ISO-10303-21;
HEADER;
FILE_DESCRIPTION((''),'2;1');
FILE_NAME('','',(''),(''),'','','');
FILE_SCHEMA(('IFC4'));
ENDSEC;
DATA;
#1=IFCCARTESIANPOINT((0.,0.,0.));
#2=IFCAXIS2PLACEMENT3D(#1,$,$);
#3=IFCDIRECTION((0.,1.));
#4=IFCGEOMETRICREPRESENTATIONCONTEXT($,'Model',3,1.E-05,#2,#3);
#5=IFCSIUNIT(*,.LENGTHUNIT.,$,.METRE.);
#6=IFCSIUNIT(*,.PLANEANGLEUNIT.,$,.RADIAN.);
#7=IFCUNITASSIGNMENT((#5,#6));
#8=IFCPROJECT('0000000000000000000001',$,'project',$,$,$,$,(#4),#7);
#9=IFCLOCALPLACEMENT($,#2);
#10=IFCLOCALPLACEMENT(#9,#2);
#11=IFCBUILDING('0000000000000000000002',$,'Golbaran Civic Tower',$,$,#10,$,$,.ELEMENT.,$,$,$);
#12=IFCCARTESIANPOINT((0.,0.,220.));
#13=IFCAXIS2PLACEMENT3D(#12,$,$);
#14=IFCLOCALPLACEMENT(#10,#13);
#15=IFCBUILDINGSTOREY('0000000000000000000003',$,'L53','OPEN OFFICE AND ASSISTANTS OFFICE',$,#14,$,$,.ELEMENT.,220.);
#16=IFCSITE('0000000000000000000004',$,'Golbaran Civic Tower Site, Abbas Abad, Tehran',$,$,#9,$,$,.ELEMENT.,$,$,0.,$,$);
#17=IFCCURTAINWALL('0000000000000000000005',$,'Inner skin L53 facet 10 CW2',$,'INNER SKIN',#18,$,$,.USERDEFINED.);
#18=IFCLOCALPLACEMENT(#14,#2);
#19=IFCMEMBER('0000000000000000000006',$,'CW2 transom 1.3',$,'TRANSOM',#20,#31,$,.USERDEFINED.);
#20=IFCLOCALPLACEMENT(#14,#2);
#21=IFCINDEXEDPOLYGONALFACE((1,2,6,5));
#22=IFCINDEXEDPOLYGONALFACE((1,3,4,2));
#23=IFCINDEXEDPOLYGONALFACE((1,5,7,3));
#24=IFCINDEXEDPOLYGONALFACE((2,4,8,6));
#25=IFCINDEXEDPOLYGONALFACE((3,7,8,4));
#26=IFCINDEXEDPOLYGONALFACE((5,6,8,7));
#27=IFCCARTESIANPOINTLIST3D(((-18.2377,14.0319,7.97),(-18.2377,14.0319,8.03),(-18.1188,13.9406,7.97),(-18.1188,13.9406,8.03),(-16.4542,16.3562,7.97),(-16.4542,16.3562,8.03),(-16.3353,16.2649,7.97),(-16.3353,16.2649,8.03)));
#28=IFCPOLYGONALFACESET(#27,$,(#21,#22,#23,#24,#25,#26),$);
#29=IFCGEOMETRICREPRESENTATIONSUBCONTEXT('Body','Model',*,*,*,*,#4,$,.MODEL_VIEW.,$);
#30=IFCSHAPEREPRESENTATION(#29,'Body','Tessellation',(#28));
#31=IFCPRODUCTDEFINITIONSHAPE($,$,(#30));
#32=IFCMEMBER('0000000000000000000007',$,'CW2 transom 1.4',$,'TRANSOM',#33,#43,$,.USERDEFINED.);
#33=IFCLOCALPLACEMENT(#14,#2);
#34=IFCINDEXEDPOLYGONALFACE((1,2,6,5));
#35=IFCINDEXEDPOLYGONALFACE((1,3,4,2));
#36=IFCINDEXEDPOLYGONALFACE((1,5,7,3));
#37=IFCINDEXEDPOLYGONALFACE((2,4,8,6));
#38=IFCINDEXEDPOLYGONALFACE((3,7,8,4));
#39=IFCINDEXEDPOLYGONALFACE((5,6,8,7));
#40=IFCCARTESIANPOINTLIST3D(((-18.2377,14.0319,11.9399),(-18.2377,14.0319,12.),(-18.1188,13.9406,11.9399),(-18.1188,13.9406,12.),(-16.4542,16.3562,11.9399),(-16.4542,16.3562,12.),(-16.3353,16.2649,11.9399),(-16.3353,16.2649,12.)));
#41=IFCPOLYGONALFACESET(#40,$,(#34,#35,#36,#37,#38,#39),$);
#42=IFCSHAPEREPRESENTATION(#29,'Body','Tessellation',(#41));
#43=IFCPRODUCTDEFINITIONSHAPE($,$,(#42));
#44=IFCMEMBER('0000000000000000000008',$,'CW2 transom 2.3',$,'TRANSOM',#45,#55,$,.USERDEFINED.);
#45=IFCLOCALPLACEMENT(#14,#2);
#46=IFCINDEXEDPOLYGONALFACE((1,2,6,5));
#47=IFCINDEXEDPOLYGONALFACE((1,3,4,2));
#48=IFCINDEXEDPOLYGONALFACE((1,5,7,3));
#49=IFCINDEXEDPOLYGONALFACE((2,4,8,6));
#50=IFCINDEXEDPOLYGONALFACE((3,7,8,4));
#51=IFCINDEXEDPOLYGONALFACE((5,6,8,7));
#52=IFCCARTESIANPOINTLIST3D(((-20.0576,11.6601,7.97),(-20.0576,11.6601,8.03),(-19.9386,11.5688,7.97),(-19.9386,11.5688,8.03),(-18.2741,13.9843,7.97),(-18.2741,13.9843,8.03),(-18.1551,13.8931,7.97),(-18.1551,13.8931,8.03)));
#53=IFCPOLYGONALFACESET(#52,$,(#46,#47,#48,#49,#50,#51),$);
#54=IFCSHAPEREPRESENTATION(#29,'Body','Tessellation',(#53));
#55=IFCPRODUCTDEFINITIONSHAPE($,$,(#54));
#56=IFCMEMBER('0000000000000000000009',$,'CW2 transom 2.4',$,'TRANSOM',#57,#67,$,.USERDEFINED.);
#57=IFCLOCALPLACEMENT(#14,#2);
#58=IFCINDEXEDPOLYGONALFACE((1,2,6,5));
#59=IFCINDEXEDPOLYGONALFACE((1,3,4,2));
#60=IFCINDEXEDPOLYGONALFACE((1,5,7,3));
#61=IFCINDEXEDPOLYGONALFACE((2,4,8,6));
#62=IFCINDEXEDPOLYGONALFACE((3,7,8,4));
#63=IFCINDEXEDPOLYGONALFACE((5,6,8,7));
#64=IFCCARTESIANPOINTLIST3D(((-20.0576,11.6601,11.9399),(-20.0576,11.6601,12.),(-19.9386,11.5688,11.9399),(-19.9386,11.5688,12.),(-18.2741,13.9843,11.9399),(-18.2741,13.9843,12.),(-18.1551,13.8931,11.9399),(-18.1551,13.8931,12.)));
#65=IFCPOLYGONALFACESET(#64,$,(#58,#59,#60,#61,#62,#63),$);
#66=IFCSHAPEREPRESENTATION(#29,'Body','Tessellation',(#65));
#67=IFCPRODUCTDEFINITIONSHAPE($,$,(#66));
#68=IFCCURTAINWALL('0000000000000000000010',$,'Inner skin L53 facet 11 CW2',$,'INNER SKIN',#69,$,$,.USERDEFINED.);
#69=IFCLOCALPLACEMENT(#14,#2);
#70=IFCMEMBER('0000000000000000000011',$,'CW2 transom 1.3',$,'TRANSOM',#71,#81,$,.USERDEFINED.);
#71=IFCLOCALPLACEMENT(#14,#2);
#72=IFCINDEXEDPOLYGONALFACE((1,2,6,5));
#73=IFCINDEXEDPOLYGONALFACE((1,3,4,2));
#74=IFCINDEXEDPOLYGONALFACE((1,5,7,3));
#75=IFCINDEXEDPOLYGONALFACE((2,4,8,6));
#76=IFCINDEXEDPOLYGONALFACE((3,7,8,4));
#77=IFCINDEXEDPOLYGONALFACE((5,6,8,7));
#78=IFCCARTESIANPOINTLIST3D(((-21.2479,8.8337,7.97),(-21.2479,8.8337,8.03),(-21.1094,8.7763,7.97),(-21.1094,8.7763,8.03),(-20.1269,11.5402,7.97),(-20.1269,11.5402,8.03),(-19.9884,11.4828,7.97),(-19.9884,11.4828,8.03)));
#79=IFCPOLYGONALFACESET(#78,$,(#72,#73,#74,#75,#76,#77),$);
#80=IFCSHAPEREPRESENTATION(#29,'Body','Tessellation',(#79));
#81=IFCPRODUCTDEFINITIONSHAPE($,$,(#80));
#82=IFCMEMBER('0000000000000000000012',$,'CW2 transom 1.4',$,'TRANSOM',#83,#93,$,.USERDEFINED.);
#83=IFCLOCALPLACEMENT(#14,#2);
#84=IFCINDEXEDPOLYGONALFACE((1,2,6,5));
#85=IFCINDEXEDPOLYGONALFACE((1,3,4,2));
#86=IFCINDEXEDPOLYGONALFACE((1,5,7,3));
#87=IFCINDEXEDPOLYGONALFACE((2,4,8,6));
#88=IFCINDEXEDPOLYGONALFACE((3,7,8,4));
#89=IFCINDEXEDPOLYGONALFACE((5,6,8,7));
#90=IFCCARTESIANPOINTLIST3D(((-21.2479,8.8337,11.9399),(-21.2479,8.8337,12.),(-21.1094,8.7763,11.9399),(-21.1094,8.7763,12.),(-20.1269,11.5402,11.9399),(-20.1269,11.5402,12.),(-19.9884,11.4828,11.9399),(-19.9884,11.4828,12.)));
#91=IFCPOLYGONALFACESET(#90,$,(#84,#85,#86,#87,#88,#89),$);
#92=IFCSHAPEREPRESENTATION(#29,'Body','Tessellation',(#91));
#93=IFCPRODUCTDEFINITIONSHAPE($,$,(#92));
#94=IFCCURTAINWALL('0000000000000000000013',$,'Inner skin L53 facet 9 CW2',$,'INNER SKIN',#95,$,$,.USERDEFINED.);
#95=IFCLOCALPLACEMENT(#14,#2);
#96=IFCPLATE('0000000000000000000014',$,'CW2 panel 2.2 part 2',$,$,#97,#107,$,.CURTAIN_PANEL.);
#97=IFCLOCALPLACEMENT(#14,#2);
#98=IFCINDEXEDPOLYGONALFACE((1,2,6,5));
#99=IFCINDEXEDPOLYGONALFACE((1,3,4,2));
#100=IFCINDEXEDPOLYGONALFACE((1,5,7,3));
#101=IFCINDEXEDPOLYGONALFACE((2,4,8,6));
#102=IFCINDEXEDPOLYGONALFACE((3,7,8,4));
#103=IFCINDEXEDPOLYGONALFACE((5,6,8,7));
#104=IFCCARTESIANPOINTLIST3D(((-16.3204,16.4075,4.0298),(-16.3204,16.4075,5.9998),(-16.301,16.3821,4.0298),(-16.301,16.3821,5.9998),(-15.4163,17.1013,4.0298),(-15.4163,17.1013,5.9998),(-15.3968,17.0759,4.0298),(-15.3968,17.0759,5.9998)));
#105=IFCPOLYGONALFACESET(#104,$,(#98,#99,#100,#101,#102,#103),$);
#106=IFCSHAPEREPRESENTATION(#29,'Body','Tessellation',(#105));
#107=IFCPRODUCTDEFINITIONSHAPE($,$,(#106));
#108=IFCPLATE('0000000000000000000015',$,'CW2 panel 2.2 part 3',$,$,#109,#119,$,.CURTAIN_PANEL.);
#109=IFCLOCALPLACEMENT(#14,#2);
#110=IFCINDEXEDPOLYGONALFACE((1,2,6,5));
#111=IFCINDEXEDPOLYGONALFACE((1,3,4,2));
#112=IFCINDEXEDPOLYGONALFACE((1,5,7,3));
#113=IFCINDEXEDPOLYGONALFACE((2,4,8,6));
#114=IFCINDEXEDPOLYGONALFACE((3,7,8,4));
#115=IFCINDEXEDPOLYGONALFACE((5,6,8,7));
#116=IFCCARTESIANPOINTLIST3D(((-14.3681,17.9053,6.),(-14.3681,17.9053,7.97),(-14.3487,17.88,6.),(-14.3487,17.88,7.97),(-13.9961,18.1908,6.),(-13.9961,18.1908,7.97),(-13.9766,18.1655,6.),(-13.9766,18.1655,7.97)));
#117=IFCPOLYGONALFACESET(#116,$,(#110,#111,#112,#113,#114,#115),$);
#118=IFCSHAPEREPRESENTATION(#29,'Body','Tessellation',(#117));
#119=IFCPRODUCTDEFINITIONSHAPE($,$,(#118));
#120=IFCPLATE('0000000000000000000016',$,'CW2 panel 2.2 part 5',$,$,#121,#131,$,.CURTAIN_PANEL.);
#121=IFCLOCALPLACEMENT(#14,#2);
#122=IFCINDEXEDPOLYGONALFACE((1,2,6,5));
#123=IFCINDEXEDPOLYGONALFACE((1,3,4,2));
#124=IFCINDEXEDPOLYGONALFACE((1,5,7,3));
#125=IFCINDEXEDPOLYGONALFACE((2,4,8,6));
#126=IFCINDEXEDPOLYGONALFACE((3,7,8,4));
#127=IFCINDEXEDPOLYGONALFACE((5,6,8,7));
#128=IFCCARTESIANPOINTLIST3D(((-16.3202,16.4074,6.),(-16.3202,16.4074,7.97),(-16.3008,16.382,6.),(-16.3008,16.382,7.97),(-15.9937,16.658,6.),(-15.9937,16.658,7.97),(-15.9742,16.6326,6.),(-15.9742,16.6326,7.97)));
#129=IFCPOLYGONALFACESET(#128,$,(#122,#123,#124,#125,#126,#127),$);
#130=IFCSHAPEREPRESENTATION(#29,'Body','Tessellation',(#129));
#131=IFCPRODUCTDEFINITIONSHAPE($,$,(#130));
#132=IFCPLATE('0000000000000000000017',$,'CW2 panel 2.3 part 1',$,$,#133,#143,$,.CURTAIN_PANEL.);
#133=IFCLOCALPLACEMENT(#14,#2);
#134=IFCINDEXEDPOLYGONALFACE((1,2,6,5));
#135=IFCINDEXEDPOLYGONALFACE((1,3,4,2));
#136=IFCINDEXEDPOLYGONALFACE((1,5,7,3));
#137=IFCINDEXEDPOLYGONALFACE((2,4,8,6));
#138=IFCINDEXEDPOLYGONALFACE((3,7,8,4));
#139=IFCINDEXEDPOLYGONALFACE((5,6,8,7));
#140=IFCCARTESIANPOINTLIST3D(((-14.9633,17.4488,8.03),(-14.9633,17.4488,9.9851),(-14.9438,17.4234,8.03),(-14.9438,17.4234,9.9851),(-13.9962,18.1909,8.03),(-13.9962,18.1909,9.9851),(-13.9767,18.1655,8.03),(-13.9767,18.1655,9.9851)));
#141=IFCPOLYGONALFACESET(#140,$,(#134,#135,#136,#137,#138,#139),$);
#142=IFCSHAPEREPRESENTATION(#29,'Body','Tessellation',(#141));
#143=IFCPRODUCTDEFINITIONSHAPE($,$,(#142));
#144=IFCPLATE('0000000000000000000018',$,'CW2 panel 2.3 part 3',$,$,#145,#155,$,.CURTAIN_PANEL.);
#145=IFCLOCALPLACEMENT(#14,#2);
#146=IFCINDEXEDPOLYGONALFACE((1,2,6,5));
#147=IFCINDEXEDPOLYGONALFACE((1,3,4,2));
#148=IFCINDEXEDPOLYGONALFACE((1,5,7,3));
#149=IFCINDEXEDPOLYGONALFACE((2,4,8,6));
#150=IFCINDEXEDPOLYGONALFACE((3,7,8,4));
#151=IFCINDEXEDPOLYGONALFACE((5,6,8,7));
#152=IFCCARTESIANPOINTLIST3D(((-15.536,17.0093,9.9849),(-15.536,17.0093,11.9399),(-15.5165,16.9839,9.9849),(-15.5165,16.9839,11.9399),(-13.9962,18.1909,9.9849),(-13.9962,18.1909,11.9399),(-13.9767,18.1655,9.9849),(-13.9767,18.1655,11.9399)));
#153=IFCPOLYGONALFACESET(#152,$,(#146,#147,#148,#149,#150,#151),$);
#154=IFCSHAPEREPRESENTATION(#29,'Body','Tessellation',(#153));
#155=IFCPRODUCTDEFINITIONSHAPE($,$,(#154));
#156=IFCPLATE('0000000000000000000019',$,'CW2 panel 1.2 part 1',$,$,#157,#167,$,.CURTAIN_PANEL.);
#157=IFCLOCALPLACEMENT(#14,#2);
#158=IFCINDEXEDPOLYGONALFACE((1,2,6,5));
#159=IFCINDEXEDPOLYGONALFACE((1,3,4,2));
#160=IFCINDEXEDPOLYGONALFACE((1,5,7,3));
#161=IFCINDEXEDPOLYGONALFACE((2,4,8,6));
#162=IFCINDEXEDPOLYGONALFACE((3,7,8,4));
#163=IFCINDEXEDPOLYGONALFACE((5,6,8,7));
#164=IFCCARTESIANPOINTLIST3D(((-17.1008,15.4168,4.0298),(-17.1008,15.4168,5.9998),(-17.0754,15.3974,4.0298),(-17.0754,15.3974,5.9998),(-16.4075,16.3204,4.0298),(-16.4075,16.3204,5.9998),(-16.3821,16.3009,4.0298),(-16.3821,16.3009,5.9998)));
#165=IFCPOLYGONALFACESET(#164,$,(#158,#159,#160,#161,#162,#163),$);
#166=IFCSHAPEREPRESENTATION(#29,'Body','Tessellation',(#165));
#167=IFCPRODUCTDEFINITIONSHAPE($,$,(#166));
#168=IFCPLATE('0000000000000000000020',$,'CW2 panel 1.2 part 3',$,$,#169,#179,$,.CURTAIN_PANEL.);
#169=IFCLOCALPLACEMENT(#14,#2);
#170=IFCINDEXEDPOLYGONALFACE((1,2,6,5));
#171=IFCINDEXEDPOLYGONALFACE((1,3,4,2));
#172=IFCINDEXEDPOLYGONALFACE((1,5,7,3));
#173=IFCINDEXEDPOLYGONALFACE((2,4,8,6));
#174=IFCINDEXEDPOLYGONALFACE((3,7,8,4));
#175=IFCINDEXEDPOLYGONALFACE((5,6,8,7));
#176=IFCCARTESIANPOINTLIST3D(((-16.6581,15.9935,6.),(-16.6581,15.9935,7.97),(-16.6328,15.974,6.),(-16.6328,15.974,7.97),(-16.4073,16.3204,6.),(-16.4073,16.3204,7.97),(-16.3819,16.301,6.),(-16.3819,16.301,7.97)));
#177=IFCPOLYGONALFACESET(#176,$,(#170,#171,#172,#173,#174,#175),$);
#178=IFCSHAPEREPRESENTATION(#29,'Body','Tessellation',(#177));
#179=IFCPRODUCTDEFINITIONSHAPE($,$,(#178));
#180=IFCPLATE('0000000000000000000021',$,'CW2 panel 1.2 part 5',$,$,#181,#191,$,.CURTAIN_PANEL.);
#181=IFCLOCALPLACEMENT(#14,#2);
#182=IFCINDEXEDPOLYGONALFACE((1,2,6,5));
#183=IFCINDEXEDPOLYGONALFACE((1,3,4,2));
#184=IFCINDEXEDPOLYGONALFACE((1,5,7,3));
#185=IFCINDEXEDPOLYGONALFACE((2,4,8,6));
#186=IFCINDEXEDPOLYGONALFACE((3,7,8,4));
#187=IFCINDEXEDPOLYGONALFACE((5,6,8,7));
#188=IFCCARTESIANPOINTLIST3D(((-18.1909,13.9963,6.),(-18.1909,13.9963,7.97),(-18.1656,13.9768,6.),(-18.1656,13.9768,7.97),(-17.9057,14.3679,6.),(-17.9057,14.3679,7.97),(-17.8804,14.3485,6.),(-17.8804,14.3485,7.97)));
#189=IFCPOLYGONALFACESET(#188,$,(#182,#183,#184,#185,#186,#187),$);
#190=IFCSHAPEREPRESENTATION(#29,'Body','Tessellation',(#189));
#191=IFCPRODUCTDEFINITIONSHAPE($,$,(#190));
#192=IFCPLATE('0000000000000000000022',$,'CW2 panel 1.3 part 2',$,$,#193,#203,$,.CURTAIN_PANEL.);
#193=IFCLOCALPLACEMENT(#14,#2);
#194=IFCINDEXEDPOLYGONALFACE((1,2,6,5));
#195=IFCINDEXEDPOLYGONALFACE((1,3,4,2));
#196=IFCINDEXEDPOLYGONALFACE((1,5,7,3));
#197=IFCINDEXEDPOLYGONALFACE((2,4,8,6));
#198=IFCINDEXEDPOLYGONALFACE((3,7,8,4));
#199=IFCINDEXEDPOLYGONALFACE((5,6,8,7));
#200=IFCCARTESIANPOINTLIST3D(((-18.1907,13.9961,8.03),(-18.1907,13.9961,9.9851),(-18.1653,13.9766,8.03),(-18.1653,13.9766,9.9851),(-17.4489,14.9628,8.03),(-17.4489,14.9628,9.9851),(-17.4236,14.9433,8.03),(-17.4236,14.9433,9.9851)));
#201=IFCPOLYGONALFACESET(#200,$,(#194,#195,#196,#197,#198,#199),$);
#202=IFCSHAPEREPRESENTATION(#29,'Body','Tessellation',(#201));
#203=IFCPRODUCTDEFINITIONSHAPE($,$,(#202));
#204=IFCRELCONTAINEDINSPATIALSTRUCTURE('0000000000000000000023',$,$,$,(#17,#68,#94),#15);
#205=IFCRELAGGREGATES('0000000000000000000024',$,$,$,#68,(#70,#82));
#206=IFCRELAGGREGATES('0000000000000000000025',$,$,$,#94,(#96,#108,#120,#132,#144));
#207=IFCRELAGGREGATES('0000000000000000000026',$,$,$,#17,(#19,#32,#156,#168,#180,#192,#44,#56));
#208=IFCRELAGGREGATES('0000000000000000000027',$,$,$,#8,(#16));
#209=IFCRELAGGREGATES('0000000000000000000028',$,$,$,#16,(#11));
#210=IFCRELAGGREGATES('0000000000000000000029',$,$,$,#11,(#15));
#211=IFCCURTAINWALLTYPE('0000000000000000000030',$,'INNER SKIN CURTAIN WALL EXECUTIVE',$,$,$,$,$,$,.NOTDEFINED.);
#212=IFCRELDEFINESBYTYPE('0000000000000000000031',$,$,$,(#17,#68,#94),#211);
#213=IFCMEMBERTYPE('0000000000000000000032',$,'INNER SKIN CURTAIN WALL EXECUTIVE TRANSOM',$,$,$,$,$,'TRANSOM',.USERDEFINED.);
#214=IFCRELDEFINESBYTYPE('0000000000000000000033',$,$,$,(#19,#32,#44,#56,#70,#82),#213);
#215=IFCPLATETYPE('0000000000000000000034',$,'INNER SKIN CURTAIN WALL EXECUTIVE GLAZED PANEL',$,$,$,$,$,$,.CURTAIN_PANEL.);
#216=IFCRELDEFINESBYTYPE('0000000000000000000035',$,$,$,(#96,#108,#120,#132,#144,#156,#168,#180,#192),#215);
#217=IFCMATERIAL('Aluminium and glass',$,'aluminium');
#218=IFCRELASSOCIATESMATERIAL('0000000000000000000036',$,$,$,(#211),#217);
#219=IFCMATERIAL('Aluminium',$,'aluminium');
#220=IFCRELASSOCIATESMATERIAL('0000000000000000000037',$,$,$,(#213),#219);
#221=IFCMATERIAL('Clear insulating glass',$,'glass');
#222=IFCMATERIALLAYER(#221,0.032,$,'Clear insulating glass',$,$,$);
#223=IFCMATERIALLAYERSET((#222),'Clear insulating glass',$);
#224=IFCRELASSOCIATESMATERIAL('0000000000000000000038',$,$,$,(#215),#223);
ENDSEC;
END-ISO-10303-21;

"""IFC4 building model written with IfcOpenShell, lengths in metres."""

from ifc_helpers import new_model, si_unit, direction, frame, origin, origin_2d, place, context, subcontext, project, spatial, rectangle, extrude, material, layer, layer_set, material_profile, profile_set, type_object, element, aggregate, save


model = new_model("IFC4")

# Units and contexts
model_context = context("Model", 3, precision=1e-05, world=origin(), true_north=direction((0.0, 1.0)))
body_context = subcontext(model_context, "Body", "Model", "MODEL_VIEW")
ifc_project = project(units=[si_unit("LENGTHUNIT", "METRE"), si_unit("PLANEANGLEUNIT", "RADIAN")], contexts=[model_context])

# Site, building, storey
site_placement = place(None, origin())
site = spatial("IfcSite", under=ifc_project, at=site_placement, Name="Golbaran Civic Tower Site, Abbas Abad, Tehran", CompositionType="ELEMENT", RefElevation=0.0)
building_placement = place(site_placement, origin())
building = spatial("IfcBuilding", under=site, at=building_placement, Name="Golbaran Civic Tower", CompositionType="ELEMENT")
storey_placement = place(building_placement, frame((0.0, 0.0, 220.0)))
storey = spatial("IfcBuildingStorey", under=building, at=storey_placement, Name="L53", Description="OPEN OFFICE AND ASSISTANTS OFFICE", CompositionType="ELEMENT", Elevation=220.0)

# Curtain walls, members
ifc_material_1 = material(Name="Aluminium and glass", Category="aluminium")
curtain_wall_type = type_object("IfcCurtainWallType", Name="INNER SKIN CURTAIN WALL EXECUTIVE", PredefinedType="NOTDEFINED", material=ifc_material_1)
curtain_wall_1_placement = place(storey_placement, origin())
curtain_wall_1 = element("IfcCurtainWall", 1, at=curtain_wall_1_placement, inside=storey, type_object=curtain_wall_type, Name="Inner skin L53 facet 10 CW2", ObjectType="INNER SKIN", PredefinedType="USERDEFINED")
ifc_material_2 = material(Name="Aluminium", Category="aluminium")
ifc_material_profile = material_profile(ifc_material_2, rectangle(XDim=0.1499, YDim=0.0601, at=origin_2d()), Name="INNER SKIN CURTAIN WALL EXECUTIVE TRANSOM")
ifc_profile_set = profile_set([ifc_material_profile], Name="Aluminium")
member_type = type_object("IfcMemberType", Name="INNER SKIN CURTAIN WALL EXECUTIVE TRANSOM", ElementType="TRANSOM", PredefinedType="USERDEFINED", material=ifc_profile_set)
member_1_placement = place(storey_placement, frame((-16.3948, 16.3105, 8.0), z_axis=(-0.608764, -0.793351, 0.0), x_axis=(0.793351, -0.608764, 0.0)))
member_1 = element("IfcMember", 2, at=member_1_placement, type_object=member_type, Name="CW2 transom 1.3", ObjectType="TRANSOM", PredefinedType="USERDEFINED", context=body_context, shape_type="SweptSolid", body=[
    extrude(rectangle(XDim=0.1499, YDim=0.0601, at=origin_2d()), origin(), (0.0, 0.0, 1.0), 2.9297),
])
member_2_placement = place(storey_placement, frame((-16.3948, 16.3105, 11.97), z_axis=(-0.608764, -0.793351, 0.0), x_axis=(0.793351, -0.608764, 0.0)))
member_2 = element("IfcMember", 3, at=member_2_placement, type_object=member_type, Name="CW2 transom 1.4", ObjectType="TRANSOM", PredefinedType="USERDEFINED", context=body_context, shape_type="SweptSolid", body=[
    extrude(rectangle(XDim=0.1499, YDim=0.0601, at=origin_2d()), origin(), (0.0, 0.0, 1.0), 2.9297),
])
member_3_placement = place(storey_placement, frame((-18.2146, 13.9387, 8.0), z_axis=(-0.608764, -0.793351, 0.0), x_axis=(0.793351, -0.608764, 0.0)))
member_3 = element("IfcMember", 4, at=member_3_placement, type_object=member_type, Name="CW2 transom 2.3", ObjectType="TRANSOM", PredefinedType="USERDEFINED", context=body_context, shape_type="SweptSolid", body=[
    extrude(rectangle(XDim=0.1499, YDim=0.0601, at=origin_2d()), origin(), (0.0, 0.0, 1.0), 2.9297),
])
member_4_placement = place(storey_placement, frame((-18.2146, 13.9387, 11.97), z_axis=(-0.608764, -0.793351, 0.0), x_axis=(0.793351, -0.608764, 0.0)))
member_4 = element("IfcMember", 5, at=member_4_placement, type_object=member_type, Name="CW2 transom 2.4", ObjectType="TRANSOM", PredefinedType="USERDEFINED", context=body_context, shape_type="SweptSolid", body=[
    extrude(rectangle(XDim=0.1499, YDim=0.0601, at=origin_2d()), origin(), (0.0, 0.0, 1.0), 2.9297),
])
curtain_wall_2_placement = place(storey_placement, origin())
curtain_wall_2 = element("IfcCurtainWall", 6, at=curtain_wall_2_placement, inside=storey, type_object=curtain_wall_type, Name="Inner skin L53 facet 11 CW2", ObjectType="INNER SKIN", PredefinedType="USERDEFINED")
member_5_placement = place(storey_placement, frame((-20.0576, 11.5115, 8.0), z_axis=(-0.382685, -0.923879, 0.0), x_axis=(0.923879, -0.382685, 0.0)))
member_5 = element("IfcMember", 7, at=member_5_placement, type_object=member_type, Name="CW2 transom 1.3", ObjectType="TRANSOM", PredefinedType="USERDEFINED", context=body_context, shape_type="SweptSolid", body=[
    extrude(rectangle(XDim=0.1499, YDim=0.0601, at=origin_2d()), origin(), (0.0, 0.0, 1.0), 2.9294),
])
member_6_placement = place(storey_placement, frame((-20.0576, 11.5115, 11.97), z_axis=(-0.382685, -0.923879, 0.0), x_axis=(0.923879, -0.382685, 0.0)))
member_6 = element("IfcMember", 8, at=member_6_placement, type_object=member_type, Name="CW2 transom 1.4", ObjectType="TRANSOM", PredefinedType="USERDEFINED", context=body_context, shape_type="SweptSolid", body=[
    extrude(rectangle(XDim=0.1499, YDim=0.0601, at=origin_2d()), origin(), (0.0, 0.0, 1.0), 2.9294),
])

# Curtain wall, plates
curtain_wall_3_placement = place(storey_placement, origin())
curtain_wall_3 = element("IfcCurtainWall", 9, at=curtain_wall_3_placement, inside=storey, type_object=curtain_wall_type, Name="Inner skin L53 facet 9 CW2", ObjectType="INNER SKIN", PredefinedType="USERDEFINED")
ifc_material_3 = material(Name="Clear insulating glass", Category="glass")
ifc_layer_1 = layer(ifc_material_3, 0.032, Name="Clear insulating glass")
ifc_layer_set_1 = layer_set([ifc_layer_1], Name="Clear insulating glass")
plate_type_1 = type_object("IfcPlateType", Name="INNER SKIN CURTAIN WALL EXECUTIVE GLAZED PANEL", PredefinedType="CURTAIN_PANEL", material=ifc_layer_set_1)
plate_1_placement = place(storey_placement, frame((-15.8586, 16.7417, 4.0298), z_axis=(0.0, 0.0, 1.0), x_axis=(-0.793353, -0.608761, 0.0)))
plate_1 = element("IfcPlate", 10, at=plate_1_placement, type_object=plate_type_1, Name="CW2 panel 2.2 part 2", PredefinedType="CURTAIN_PANEL", context=body_context, shape_type="SweptSolid", body=[
    extrude(rectangle(XDim=1.1396, YDim=0.032, at=origin_2d()), origin(), (0.0, 0.0, 1.0), 1.97),
])
plate_2_placement = place(storey_placement, frame((-14.1724, 18.0354, 6.0), z_axis=(0.0, 0.0, 1.0), x_axis=(-0.793353, -0.608761, 0.0)))
plate_2 = element("IfcPlate", 11, at=plate_2_placement, type_object=plate_type_1, Name="CW2 panel 2.2 part 3", PredefinedType="CURTAIN_PANEL", context=body_context, shape_type="SweptSolid", body=[
    extrude(rectangle(XDim=0.469, YDim=0.032, at=origin_2d()), origin(), (0.0, 0.0, 1.0), 1.97),
])
plate_3_placement = place(storey_placement, frame((-16.1472, 16.52, 6.0), z_axis=(0.0, 0.0, 1.0), x_axis=(-0.793353, -0.608761, 0.0)))
plate_3 = element("IfcPlate", 12, at=plate_3_placement, type_object=plate_type_1, Name="CW2 panel 2.2 part 5", PredefinedType="CURTAIN_PANEL", context=body_context, shape_type="SweptSolid", body=[
    extrude(rectangle(XDim=0.4116, YDim=0.032, at=origin_2d()), origin(), (0.0, 0.0, 1.0), 1.97),
])
plate_4_placement = place(storey_placement, frame((-14.47, 17.8071, 8.03), z_axis=(0.0, 0.0, 1.0), x_axis=(-0.793353, -0.608761, 0.0)))
plate_4 = element("IfcPlate", 13, at=plate_4_placement, type_object=plate_type_1, Name="CW2 panel 2.3 part 1", PredefinedType="CURTAIN_PANEL", context=body_context, shape_type="SweptSolid", body=[
    extrude(rectangle(XDim=1.219, YDim=0.032, at=origin_2d()), origin(), (0.0, 0.0, 1.0), 1.9551),
])
plate_5_placement = place(storey_placement, frame((-14.7563, 17.5874, 9.9849), z_axis=(0.0, 0.0, 1.0), x_axis=(-0.793353, -0.608761, 0.0)))
plate_5 = element("IfcPlate", 14, at=plate_5_placement, type_object=plate_type_1, Name="CW2 panel 2.3 part 3", PredefinedType="CURTAIN_PANEL", context=body_context, shape_type="SweptSolid", body=[
    extrude(rectangle(XDim=1.9409, YDim=0.032, at=origin_2d()), origin(), (0.0, 0.0, 1.0), 1.9551),
])

# Plates
plate_6_placement = place(storey_placement, frame((-16.7415, 15.8589, 4.0298), z_axis=(0.0, 0.0, 1.0), x_axis=(-0.608761, -0.793353, 0.0)))
plate_6 = element("IfcPlate", 15, at=plate_6_placement, type_object=plate_type_1, Name="CW2 panel 1.2 part 1", PredefinedType="CURTAIN_PANEL", context=body_context, shape_type="SweptSolid", body=[
    extrude(rectangle(XDim=1.1389, YDim=0.032, at=origin_2d()), origin(), (0.0, 0.0, 1.0), 1.97),
])
plate_7_placement = place(storey_placement, frame((-16.52, 16.1472, 6.0), z_axis=(0.0, 0.0, 1.0), x_axis=(-0.608761, -0.793353, 0.0)))
plate_7 = element("IfcPlate", 16, at=plate_7_placement, type_object=plate_type_1, Name="CW2 panel 1.2 part 3", PredefinedType="CURTAIN_PANEL", context=body_context, shape_type="SweptSolid", body=[
    extrude(rectangle(XDim=0.4121, YDim=0.032, at=origin_2d()), origin(), (0.0, 0.0, 1.0), 1.97),
])
plate_8_placement = place(storey_placement, frame((-18.0356, 14.1724, 6.0), z_axis=(0.0, 0.0, 1.0), x_axis=(-0.608761, -0.793353, 0.0)))
plate_8 = element("IfcPlate", 17, at=plate_8_placement, type_object=plate_type_1, Name="CW2 panel 1.2 part 5", PredefinedType="CURTAIN_PANEL", context=body_context, shape_type="SweptSolid", body=[
    extrude(rectangle(XDim=0.4685, YDim=0.032, at=origin_2d()), origin(), (0.0, 0.0, 1.0), 1.97),
])
plate_9_placement = place(storey_placement, frame((-17.8071, 14.4697, 8.03), z_axis=(0.0, 0.0, 1.0), x_axis=(-0.608761, -0.793353, 0.0)))
plate_9 = element("IfcPlate", 18, at=plate_9_placement, type_object=plate_type_1, Name="CW2 panel 1.3 part 2", PredefinedType="CURTAIN_PANEL", context=body_context, shape_type="SweptSolid", body=[
    extrude(rectangle(XDim=1.2185, YDim=0.032, at=origin_2d()), origin(), (0.0, 0.0, 1.0), 1.9551),
])
aggregate(curtain_wall_2, [member_5, member_6])
aggregate(curtain_wall_3, [plate_1, plate_2, plate_3, plate_4, plate_5])
aggregate(curtain_wall_1, [member_1, member_2, plate_6, plate_7, plate_8, plate_9, member_3, member_4])

save(model, "model.ifc")
